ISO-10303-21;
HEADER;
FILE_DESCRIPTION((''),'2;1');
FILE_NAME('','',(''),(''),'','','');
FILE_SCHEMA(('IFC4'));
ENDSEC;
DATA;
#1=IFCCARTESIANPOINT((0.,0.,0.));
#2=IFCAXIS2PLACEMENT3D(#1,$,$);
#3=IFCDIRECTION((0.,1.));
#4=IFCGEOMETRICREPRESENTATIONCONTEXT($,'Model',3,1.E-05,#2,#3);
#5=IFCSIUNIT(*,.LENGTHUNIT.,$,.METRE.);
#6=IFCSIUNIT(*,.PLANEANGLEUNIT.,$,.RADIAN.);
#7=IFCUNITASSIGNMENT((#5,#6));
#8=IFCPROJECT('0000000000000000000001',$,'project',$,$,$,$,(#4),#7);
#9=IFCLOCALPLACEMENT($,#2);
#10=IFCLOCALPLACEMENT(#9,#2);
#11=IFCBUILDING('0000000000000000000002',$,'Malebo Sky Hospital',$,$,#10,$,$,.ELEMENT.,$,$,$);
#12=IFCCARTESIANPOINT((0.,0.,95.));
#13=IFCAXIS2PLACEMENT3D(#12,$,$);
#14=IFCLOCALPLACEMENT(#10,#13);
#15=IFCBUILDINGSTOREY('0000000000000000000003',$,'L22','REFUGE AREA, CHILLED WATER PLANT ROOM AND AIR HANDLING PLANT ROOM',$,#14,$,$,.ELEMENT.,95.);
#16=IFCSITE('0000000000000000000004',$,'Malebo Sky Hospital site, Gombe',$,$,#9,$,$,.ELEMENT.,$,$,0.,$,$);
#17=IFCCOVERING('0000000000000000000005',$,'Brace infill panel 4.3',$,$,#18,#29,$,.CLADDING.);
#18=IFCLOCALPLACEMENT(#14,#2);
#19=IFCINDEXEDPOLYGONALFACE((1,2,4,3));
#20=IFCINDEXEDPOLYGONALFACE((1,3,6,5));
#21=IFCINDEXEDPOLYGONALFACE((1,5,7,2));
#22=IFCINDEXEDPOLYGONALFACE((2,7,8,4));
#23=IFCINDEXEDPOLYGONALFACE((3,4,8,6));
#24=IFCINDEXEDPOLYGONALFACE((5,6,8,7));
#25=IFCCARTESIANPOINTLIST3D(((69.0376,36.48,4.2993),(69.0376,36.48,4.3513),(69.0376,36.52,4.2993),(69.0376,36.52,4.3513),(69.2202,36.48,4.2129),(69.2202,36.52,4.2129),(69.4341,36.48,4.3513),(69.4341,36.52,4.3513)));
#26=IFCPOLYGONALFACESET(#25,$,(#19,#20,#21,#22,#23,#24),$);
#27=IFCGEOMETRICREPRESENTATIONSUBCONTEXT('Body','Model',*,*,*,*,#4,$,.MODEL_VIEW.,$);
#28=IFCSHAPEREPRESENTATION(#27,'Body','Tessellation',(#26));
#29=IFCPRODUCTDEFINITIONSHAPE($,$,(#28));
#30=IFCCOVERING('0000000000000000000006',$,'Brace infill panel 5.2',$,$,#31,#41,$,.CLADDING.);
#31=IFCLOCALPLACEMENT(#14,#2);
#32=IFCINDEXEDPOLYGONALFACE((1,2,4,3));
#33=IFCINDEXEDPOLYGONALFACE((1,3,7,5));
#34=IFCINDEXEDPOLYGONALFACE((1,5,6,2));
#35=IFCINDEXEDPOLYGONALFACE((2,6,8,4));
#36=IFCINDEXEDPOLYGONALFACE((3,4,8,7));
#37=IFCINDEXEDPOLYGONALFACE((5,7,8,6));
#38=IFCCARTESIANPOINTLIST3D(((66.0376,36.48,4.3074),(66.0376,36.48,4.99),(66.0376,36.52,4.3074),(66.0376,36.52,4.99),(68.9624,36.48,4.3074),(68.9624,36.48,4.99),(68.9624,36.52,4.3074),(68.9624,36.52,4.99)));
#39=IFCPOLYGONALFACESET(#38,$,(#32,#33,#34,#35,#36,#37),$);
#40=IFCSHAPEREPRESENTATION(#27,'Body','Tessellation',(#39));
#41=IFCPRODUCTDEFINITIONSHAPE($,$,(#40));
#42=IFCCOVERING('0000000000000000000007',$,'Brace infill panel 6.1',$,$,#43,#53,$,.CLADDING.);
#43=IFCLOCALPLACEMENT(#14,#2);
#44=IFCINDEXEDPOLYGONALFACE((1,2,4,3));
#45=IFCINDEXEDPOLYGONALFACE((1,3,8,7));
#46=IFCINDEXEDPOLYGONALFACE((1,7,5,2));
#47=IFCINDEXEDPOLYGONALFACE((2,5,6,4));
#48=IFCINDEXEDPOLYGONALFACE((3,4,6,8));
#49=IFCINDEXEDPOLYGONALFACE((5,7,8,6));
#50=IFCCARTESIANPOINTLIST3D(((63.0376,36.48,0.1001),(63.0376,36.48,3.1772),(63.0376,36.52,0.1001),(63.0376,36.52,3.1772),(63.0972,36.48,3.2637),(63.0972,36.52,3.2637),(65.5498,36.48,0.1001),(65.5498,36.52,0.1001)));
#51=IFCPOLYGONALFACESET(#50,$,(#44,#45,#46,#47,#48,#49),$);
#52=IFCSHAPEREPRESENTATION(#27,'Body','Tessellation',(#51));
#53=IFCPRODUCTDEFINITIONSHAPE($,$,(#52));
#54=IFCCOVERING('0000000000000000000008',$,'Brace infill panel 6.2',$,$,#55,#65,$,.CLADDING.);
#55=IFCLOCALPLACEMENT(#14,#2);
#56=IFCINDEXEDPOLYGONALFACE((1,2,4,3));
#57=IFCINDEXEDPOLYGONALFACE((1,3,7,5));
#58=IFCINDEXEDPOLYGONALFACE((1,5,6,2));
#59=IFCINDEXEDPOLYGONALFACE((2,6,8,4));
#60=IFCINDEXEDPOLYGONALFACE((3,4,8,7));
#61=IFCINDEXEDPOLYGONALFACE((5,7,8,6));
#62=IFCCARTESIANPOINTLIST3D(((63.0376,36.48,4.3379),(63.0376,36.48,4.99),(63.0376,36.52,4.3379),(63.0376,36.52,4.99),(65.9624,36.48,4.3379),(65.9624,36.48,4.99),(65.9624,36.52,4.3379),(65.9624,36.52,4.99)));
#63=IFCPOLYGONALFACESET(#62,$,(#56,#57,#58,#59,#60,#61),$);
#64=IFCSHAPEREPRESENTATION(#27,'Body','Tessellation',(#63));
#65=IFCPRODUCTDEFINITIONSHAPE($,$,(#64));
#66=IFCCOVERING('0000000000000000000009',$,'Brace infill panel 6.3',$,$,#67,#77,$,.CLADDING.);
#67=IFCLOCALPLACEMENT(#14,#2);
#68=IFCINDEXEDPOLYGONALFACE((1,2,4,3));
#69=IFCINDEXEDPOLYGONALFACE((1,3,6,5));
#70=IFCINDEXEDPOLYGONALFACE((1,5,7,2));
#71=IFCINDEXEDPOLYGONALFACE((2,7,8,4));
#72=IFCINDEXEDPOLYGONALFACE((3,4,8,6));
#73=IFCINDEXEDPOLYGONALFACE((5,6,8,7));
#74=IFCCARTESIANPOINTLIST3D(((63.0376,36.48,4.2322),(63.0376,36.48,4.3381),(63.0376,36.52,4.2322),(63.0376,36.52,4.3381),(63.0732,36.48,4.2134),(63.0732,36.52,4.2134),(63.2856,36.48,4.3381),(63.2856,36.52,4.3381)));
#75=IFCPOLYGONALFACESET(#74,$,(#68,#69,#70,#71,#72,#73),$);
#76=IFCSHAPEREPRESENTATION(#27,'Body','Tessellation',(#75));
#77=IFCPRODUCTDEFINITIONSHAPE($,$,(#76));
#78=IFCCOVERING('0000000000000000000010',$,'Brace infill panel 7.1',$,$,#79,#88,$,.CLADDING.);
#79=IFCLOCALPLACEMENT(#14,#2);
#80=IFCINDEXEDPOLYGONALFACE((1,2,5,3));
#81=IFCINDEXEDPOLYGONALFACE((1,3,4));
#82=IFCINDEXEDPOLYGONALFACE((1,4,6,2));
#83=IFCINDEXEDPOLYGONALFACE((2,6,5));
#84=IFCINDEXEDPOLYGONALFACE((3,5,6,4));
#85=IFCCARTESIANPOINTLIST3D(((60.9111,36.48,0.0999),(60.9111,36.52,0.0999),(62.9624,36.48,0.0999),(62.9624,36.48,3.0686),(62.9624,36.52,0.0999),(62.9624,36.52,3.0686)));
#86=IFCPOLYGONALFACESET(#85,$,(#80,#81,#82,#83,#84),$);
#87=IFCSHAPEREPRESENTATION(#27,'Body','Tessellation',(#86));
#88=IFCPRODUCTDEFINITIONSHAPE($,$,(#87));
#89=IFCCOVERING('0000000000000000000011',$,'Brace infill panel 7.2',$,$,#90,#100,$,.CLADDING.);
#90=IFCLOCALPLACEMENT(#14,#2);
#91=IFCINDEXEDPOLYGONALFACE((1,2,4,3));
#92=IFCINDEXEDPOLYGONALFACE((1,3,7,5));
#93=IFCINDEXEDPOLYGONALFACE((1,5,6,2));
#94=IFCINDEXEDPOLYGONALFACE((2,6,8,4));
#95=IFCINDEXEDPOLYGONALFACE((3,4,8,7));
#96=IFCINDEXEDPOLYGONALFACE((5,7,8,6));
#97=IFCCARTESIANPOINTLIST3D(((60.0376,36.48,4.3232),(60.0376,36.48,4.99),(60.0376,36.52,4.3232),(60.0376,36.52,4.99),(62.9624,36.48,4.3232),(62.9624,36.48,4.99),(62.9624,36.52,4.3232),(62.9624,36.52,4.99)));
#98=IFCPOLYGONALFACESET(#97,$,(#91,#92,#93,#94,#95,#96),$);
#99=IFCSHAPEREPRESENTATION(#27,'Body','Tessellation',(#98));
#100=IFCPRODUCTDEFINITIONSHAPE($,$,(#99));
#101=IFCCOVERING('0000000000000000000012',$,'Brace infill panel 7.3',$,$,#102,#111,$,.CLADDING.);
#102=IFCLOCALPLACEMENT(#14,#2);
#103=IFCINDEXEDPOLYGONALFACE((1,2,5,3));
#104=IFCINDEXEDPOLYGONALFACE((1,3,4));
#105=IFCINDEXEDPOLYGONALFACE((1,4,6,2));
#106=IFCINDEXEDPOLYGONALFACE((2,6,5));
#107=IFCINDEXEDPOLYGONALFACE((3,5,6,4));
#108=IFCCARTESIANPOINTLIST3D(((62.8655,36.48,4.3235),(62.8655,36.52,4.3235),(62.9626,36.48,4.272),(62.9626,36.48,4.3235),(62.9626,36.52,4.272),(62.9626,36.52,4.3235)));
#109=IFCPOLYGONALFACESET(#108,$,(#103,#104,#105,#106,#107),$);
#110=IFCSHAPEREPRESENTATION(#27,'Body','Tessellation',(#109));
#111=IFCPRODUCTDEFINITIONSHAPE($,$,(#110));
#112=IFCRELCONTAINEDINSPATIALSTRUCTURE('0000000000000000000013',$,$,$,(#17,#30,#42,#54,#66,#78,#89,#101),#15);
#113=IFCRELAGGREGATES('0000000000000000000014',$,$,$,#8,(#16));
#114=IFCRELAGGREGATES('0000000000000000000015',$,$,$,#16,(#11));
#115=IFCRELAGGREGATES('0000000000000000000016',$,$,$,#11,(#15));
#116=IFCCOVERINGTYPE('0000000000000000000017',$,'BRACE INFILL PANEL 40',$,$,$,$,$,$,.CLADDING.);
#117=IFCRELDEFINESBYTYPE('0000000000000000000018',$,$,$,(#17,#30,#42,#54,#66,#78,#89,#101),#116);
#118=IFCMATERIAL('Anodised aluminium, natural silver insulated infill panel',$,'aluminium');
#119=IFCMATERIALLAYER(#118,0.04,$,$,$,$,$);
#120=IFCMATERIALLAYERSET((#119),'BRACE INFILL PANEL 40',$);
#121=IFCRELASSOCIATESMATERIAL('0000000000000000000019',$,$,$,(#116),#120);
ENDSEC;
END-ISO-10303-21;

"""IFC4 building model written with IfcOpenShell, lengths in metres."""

from ifc_helpers import new_model, si_unit, direction, frame, origin, place, context, subcontext, project, spatial, polyline, outline, extrude, material, layer, layer_set, type_object, element, save


model = new_model("IFC4")

# Units and contexts
model_context = context("Model", 3, precision=1e-05, world=origin(), true_north=direction((0.0, 1.0)))
body_context = subcontext(model_context, "Body", "Model", "MODEL_VIEW")
ifc_project = project(units=[si_unit("LENGTHUNIT", "METRE"), si_unit("PLANEANGLEUNIT", "RADIAN")], contexts=[model_context])

# Site, building, storey
site_placement = place(None, origin())
site = spatial("IfcSite", under=ifc_project, at=site_placement, Name="Malebo Sky Hospital site, Gombe", CompositionType="ELEMENT", RefElevation=0.0)
building_placement = place(site_placement, origin())
building = spatial("IfcBuilding", under=site, at=building_placement, Name="Malebo Sky Hospital", CompositionType="ELEMENT")
storey_placement = place(building_placement, frame((0.0, 0.0, 95.0)))
storey = spatial("IfcBuildingStorey", under=building, at=storey_placement, Name="L22", Description="REFUGE AREA, CHILLED WATER PLANT ROOM AND AIR HANDLING PLANT ROOM", CompositionType="ELEMENT", Elevation=95.0)

# Coverings
ifc_material_1 = material(Name="Anodised aluminium, natural silver insulated infill panel", Category="aluminium")
ifc_layer_1 = layer(ifc_material_1, 0.04)
ifc_layer_set_1 = layer_set([ifc_layer_1], Name="BRACE INFILL PANEL 40")
covering_type = type_object("IfcCoveringType", Name="BRACE INFILL PANEL 40", PredefinedType="CLADDING", material=ifc_layer_set_1)
covering_1_placement = place(storey_placement, frame((69.2358, 36.5, 4.2129), z_axis=(0.0, 0.0, 1.0), x_axis=(-1.0, 0.0, 0.0)))
element("IfcCovering", 1, at=covering_1_placement, inside=storey, type_object=covering_type, Name="Brace infill panel 4.3", PredefinedType="CLADDING", context=body_context, shape_type="SweptSolid", body=[
    extrude(outline(polyline([(0.0156, 0.0), (0.1982, 0.0864), (0.1982, 0.1384), (-0.1982, 0.1384), (0.0156, 0.0)])), frame((0.0, 0.02, 0.0), z_axis=(0.0, -1.0, 0.0), x_axis=(1.0, 0.0, 0.0)), (0.0, 0.0, 1.0), 0.04),
])
covering_2_placement = place(storey_placement, frame((67.5, 36.5, 4.3074), z_axis=(0.0, 0.0, 1.0), x_axis=(-1.0, 0.0, 0.0)))
element("IfcCovering", 2, at=covering_2_placement, inside=storey, type_object=covering_type, Name="Brace infill panel 5.2", PredefinedType="CLADDING", context=body_context, shape_type="SweptSolid", body=[
    extrude(outline(polyline([(-1.4624, 0.0), (1.4624, 0.0), (1.4624, 0.6826), (-1.4624, 0.6826), (-1.4624, 0.0)])), frame((0.0, 0.02, 0.0), z_axis=(0.0, -1.0, 0.0), x_axis=(1.0, 0.0, 0.0)), (0.0, 0.0, 1.0), 0.04),
])
covering_3_placement = place(storey_placement, frame((64.2937, 36.5, 0.1001), z_axis=(0.0, 0.0, 1.0), x_axis=(-1.0, 0.0, 0.0)))
element("IfcCovering", 3, at=covering_3_placement, inside=storey, type_object=covering_type, Name="Brace infill panel 6.1", PredefinedType="CLADDING", context=body_context, shape_type="SweptSolid", body=[
    extrude(outline(polyline([(-1.2561, 0.0), (1.2561, 0.0), (1.2561, 3.0771), (1.1965, 3.1636), (-1.2561, 0.0)])), frame((0.0, 0.02, 0.0), z_axis=(0.0, -1.0, 0.0), x_axis=(1.0, 0.0, 0.0)), (0.0, 0.0, 1.0), 0.04),
])
covering_4_placement = place(storey_placement, frame((64.5, 36.5, 4.3379), z_axis=(0.0, 0.0, 1.0), x_axis=(-1.0, 0.0, 0.0)))
element("IfcCovering", 4, at=covering_4_placement, inside=storey, type_object=covering_type, Name="Brace infill panel 6.2", PredefinedType="CLADDING", context=body_context, shape_type="SweptSolid", body=[
    extrude(outline(polyline([(-1.4624, 0.0), (1.4624, 0.0), (1.4624, 0.6521), (-1.4624, 0.6521), (-1.4624, 0.0)])), frame((0.0, 0.02, 0.0), z_axis=(0.0, -1.0, 0.0), x_axis=(1.0, 0.0, 0.0)), (0.0, 0.0, 1.0), 0.04),
])
covering_5_placement = place(storey_placement, frame((63.1616, 36.5, 4.2134), z_axis=(0.0, 0.0, 1.0), x_axis=(-1.0, 0.0, 0.0)))
element("IfcCovering", 5, at=covering_5_placement, inside=storey, type_object=covering_type, Name="Brace infill panel 6.3", PredefinedType="CLADDING", context=body_context, shape_type="SweptSolid", body=[
    extrude(outline(polyline([(0.0884, 0.0), (0.124, 0.0188), (0.124, 0.1248), (-0.124, 0.1248), (0.0884, 0.0)])), frame((0.0, 0.02, 0.0), z_axis=(0.0, -1.0, 0.0), x_axis=(1.0, 0.0, 0.0)), (0.0, 0.0, 1.0), 0.04),
])
covering_6_placement = place(storey_placement, frame((61.9368, 36.5, 0.0999), z_axis=(0.0, 0.0, 1.0), x_axis=(-1.0, 0.0, 0.0)))
element("IfcCovering", 6, at=covering_6_placement, inside=storey, type_object=covering_type, Name="Brace infill panel 7.1", PredefinedType="CLADDING", context=body_context, shape_type="SweptSolid", body=[
    extrude(outline(polyline([(-1.0256, 0.0), (1.0256, 0.0), (-1.0256, 2.9688), (-1.0256, 0.0)])), frame((0.0, 0.02, 0.0), z_axis=(0.0, -1.0, 0.0), x_axis=(1.0, 0.0, 0.0)), (0.0, 0.0, 1.0), 0.04),
])
covering_7_placement = place(storey_placement, frame((61.5, 36.5, 4.3232), z_axis=(0.0, 0.0, 1.0), x_axis=(-1.0, 0.0, 0.0)))
element("IfcCovering", 7, at=covering_7_placement, inside=storey, type_object=covering_type, Name="Brace infill panel 7.2", PredefinedType="CLADDING", context=body_context, shape_type="SweptSolid", body=[
    extrude(outline(polyline([(-1.4624, 0.0), (1.4624, 0.0), (1.4624, 0.6667), (-1.4624, 0.6667), (-1.4624, 0.0)])), frame((0.0, 0.02, 0.0), z_axis=(0.0, -1.0, 0.0), x_axis=(1.0, 0.0, 0.0)), (0.0, 0.0, 1.0), 0.04),
])
covering_8_placement = place(storey_placement, frame((62.9141, 36.5, 4.272), z_axis=(0.0, 0.0, 1.0), x_axis=(-1.0, 0.0, 0.0)))
element("IfcCovering", 8, at=covering_8_placement, inside=storey, type_object=covering_type, Name="Brace infill panel 7.3", PredefinedType="CLADDING", context=body_context, shape_type="SweptSolid", body=[
    extrude(outline(polyline([(-0.0486, 0.0), (0.0486, 0.0515), (-0.0486, 0.0515), (-0.0486, 0.0)])), frame((0.0, 0.02, 0.0), z_axis=(0.0, -1.0, 0.0), x_axis=(1.0, 0.0, 0.0)), (0.0, 0.0, 1.0), 0.04),
])

save(model, "model.ifc")
